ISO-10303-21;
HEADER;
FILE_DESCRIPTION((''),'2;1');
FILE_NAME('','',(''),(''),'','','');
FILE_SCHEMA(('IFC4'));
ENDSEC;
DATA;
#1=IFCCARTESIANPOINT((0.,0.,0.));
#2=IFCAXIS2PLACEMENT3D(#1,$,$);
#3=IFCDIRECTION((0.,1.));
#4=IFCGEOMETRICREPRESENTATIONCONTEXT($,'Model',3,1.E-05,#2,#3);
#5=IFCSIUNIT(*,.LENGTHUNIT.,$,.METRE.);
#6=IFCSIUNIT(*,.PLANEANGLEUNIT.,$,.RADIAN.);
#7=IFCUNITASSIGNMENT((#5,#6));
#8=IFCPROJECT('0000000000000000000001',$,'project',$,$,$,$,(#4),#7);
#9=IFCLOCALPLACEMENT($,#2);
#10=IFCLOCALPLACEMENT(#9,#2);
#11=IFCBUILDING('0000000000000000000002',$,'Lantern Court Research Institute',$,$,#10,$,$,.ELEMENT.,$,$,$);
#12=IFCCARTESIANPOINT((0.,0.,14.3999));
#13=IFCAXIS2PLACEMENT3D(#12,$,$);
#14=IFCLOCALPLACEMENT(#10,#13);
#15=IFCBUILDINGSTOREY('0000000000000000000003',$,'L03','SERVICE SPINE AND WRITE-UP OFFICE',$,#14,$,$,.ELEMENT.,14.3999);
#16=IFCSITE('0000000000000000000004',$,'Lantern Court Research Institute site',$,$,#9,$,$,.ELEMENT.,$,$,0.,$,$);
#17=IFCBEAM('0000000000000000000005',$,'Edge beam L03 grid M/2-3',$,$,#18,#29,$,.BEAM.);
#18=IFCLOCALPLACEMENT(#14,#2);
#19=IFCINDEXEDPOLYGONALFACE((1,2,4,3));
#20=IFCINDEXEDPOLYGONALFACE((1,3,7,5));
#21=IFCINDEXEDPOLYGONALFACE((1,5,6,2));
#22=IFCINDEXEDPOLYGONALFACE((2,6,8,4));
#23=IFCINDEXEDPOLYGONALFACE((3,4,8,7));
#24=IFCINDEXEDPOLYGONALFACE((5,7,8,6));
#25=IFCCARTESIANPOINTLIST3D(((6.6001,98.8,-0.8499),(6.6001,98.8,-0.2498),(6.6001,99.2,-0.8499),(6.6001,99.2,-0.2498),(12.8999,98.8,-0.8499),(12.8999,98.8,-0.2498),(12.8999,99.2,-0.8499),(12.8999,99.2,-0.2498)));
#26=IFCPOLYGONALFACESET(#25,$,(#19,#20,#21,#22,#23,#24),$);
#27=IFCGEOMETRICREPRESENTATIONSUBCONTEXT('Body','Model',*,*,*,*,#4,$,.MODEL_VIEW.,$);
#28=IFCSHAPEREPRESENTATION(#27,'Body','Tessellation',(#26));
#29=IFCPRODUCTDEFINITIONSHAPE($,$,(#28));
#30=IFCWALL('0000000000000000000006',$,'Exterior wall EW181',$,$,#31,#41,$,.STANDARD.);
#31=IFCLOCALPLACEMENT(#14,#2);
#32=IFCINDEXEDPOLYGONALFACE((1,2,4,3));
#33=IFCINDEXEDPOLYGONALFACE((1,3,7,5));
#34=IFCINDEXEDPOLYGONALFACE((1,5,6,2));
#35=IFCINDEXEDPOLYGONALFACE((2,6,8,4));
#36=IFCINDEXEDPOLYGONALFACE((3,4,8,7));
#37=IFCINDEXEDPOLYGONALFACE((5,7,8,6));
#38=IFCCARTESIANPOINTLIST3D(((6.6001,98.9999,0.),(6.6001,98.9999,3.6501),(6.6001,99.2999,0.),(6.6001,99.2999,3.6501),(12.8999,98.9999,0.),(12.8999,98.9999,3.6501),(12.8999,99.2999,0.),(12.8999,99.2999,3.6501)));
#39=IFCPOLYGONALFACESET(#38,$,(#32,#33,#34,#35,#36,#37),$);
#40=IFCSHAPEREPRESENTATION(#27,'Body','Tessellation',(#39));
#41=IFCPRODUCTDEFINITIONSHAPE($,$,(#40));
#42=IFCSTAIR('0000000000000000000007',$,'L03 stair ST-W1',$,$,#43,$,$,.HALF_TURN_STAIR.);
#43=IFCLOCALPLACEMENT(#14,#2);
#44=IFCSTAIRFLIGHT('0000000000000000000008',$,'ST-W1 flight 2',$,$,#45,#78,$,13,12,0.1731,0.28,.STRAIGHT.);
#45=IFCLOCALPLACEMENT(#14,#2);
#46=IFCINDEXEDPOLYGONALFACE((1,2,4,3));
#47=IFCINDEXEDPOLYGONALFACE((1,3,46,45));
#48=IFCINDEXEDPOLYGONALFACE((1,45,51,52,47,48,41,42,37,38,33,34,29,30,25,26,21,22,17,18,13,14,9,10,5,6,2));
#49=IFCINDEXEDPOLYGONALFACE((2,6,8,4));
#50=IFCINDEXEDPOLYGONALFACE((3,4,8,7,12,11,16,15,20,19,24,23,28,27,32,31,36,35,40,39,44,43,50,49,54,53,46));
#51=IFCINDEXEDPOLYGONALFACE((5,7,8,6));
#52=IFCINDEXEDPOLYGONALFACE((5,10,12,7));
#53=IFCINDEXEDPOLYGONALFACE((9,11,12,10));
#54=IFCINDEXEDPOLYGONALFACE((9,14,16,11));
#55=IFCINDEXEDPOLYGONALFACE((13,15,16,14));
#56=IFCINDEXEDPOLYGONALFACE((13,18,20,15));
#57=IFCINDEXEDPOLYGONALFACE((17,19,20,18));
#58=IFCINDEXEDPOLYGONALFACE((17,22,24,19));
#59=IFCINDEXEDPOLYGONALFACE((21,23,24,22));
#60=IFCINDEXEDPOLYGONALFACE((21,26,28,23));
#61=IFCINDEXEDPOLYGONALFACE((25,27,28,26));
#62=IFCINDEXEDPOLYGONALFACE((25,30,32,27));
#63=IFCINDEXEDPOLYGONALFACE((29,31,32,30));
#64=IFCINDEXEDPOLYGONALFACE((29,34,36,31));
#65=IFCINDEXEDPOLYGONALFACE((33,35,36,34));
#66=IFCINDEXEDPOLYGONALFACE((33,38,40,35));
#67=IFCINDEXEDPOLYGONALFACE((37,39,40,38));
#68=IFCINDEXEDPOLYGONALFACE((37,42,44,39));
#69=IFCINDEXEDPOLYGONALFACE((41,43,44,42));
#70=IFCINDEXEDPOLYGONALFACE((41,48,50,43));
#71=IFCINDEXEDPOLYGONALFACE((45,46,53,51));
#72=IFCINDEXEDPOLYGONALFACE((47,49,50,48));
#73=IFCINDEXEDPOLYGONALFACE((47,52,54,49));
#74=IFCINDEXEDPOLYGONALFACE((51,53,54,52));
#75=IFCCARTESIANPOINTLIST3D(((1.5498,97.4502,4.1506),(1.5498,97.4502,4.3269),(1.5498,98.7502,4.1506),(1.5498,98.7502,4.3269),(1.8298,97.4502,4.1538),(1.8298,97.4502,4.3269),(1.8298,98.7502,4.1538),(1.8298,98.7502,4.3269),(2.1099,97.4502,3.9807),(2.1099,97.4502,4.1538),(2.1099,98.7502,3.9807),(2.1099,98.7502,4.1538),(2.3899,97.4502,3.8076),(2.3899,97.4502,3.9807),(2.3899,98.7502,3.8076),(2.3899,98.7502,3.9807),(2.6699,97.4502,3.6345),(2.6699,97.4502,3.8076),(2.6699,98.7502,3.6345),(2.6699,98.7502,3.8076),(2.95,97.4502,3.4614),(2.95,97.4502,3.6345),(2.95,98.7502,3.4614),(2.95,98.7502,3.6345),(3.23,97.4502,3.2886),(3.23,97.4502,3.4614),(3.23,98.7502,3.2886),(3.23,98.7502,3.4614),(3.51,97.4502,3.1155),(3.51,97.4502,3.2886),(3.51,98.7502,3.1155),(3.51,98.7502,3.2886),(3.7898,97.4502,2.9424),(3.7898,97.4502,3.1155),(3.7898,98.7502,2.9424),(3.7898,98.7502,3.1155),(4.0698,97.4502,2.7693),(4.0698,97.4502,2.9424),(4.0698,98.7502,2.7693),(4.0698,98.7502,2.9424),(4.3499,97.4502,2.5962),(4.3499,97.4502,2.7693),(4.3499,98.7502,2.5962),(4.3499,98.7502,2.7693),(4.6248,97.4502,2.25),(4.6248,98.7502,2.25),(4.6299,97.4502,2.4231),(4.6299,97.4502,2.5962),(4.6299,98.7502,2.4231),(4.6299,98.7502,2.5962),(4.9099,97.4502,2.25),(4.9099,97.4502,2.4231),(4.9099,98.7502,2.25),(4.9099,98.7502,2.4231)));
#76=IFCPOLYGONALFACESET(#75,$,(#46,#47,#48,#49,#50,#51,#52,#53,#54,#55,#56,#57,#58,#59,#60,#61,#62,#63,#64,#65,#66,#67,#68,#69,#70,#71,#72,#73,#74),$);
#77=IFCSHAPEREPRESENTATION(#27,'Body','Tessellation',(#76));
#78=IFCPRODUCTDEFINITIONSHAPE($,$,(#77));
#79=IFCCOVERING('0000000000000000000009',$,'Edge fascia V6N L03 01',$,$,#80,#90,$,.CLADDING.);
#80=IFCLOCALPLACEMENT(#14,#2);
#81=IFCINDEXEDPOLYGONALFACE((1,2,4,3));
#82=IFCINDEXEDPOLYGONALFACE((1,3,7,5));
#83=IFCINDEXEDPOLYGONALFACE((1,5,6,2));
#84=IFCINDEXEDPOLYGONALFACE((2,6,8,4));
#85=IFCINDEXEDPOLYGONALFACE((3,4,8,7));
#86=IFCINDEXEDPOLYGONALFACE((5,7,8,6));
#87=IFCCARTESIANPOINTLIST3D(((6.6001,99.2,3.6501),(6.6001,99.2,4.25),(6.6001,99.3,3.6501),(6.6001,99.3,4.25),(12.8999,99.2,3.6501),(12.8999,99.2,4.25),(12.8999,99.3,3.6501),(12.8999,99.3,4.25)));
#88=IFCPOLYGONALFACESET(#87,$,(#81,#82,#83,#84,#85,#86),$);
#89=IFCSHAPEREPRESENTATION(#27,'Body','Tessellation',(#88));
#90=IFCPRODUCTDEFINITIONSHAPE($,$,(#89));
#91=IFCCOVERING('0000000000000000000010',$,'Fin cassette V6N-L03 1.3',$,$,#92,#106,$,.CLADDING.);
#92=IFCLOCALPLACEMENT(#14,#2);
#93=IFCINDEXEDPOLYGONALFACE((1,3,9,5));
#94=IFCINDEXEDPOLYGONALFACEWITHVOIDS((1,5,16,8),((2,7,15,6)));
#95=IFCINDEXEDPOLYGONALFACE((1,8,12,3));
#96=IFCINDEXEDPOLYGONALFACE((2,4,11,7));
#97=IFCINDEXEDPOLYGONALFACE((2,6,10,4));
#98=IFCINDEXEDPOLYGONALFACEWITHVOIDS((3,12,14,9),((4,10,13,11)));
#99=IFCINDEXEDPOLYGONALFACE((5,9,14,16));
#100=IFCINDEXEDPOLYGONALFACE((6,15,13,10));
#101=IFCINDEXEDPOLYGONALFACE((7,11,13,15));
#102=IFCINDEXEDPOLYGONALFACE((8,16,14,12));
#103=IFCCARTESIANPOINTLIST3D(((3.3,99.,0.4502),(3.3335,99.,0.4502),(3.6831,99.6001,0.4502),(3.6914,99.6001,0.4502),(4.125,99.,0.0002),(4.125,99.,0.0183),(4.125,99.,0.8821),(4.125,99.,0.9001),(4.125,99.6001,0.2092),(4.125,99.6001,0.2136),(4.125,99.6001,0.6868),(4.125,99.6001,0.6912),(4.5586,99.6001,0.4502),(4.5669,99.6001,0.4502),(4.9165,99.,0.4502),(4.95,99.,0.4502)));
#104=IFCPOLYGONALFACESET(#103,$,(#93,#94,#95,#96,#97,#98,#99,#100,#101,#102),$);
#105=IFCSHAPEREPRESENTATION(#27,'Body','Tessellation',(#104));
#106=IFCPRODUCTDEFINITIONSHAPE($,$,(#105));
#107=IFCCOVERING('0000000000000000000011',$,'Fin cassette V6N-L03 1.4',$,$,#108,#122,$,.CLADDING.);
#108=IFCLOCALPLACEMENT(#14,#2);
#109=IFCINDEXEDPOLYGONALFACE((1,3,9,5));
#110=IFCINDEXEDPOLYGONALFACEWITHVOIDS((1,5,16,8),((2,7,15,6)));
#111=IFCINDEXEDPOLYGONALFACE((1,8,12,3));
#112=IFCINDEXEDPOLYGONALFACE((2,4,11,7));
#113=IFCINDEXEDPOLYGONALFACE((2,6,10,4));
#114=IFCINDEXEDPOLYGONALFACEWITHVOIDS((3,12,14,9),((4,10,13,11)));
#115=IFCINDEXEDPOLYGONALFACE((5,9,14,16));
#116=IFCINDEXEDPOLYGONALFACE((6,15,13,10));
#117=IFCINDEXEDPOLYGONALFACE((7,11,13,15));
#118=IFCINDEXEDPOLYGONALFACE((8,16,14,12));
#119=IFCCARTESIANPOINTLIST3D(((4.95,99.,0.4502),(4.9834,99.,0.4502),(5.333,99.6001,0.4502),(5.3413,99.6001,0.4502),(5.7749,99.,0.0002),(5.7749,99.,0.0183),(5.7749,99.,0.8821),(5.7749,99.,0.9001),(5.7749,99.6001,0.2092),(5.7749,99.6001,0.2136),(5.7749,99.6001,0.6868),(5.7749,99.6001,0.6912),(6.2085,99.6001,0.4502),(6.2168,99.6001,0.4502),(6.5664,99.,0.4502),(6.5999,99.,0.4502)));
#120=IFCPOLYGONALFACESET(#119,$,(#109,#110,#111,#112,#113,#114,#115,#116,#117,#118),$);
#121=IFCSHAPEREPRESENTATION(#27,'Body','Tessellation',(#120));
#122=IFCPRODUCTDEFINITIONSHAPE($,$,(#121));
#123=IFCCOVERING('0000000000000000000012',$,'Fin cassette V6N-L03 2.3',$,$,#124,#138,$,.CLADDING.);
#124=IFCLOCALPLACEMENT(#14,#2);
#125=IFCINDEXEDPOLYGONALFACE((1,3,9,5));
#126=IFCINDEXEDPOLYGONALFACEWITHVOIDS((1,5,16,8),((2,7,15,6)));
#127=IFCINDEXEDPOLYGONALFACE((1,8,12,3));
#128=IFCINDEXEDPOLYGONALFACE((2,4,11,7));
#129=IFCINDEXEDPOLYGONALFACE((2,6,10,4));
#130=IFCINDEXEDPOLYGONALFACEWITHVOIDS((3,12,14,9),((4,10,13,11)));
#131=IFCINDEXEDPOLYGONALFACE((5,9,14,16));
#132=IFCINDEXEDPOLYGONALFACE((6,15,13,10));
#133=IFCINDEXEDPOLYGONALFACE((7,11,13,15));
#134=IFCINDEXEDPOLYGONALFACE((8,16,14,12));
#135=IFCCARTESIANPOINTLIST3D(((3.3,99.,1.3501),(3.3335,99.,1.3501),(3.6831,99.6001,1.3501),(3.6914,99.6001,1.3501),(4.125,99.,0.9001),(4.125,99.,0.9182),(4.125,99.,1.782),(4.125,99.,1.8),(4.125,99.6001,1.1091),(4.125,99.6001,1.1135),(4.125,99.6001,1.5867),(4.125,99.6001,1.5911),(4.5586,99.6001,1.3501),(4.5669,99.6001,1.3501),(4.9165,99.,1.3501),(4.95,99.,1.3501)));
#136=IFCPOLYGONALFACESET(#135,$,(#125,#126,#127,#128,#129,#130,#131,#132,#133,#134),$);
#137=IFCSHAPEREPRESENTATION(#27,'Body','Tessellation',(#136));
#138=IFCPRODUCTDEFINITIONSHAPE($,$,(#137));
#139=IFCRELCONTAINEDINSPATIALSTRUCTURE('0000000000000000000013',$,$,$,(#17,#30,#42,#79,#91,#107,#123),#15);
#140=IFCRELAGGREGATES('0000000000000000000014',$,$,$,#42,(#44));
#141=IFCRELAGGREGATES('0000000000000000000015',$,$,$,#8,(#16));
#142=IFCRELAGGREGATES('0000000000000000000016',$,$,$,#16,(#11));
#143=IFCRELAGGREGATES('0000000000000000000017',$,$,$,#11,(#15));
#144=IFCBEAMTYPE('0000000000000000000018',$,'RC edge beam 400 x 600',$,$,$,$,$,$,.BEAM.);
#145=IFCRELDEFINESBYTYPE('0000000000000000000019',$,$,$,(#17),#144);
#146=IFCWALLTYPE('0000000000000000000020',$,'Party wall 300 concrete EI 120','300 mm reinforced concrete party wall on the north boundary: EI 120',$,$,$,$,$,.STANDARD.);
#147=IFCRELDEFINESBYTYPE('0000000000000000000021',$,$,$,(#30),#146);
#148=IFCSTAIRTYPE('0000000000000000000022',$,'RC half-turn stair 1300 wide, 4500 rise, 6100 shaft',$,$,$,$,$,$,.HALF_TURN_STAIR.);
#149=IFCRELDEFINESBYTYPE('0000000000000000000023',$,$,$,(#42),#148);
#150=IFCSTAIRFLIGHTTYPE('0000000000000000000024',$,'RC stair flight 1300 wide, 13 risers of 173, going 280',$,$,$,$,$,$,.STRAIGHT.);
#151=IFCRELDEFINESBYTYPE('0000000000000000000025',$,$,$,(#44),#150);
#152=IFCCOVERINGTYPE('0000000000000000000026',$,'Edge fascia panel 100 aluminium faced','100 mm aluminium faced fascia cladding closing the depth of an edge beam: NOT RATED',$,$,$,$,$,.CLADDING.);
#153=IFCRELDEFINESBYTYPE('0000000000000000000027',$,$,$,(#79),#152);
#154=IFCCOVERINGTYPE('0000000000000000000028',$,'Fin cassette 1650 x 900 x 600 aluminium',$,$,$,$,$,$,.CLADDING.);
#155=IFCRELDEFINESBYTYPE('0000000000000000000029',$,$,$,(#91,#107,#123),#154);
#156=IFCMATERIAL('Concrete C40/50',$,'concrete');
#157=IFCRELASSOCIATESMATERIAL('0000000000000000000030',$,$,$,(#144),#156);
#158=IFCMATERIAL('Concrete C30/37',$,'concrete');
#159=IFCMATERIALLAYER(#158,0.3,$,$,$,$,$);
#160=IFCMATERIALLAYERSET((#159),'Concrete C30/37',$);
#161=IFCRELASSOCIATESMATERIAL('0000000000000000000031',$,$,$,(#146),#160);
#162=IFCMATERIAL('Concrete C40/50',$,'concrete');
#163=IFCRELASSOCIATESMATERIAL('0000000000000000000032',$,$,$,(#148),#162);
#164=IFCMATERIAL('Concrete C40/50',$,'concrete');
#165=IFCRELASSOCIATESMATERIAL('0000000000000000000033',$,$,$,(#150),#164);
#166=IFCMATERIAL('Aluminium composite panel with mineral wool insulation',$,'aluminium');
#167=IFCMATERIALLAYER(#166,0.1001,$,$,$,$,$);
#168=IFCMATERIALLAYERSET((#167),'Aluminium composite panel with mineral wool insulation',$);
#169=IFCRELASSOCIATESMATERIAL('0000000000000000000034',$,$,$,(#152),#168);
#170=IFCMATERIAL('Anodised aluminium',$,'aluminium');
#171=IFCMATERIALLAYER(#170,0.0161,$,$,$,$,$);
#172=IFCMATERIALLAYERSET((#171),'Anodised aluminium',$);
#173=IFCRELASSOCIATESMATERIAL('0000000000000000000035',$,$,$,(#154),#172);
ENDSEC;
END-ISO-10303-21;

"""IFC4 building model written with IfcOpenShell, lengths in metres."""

from ifc_helpers import new_model, entity, si_unit, direction, frame, frame_2d, origin, origin_2d, place, context, subcontext, project, spatial, polyline, rectangle, outline, extrude, material, layer, layer_set, material_profile, profile_set, type_object, element, aggregate, save


model = new_model("IFC4")

# Units and contexts
model_context = context("Model", 3, precision=1e-05, world=origin(), true_north=direction((0.0, 1.0)))
body_context = subcontext(model_context, "Body", "Model", "MODEL_VIEW")
ifc_project = project(units=[si_unit("LENGTHUNIT", "METRE"), si_unit("PLANEANGLEUNIT", "RADIAN")], contexts=[model_context])

# Site, building, storey
site_placement = place(None, origin())
site = spatial("IfcSite", under=ifc_project, at=site_placement, Name="Lantern Court Research Institute site", CompositionType="ELEMENT", RefElevation=0.0)
building_placement = place(site_placement, origin())
building = spatial("IfcBuilding", under=site, at=building_placement, Name="Lantern Court Research Institute", CompositionType="ELEMENT")
storey_placement = place(building_placement, frame((0.0, 0.0, 14.3999)))
storey = spatial("IfcBuildingStorey", under=building, at=storey_placement, Name="L03", Description="SERVICE SPINE AND WRITE-UP OFFICE", CompositionType="ELEMENT", Elevation=14.3999)

# Beam
ifc_material_1 = material(Name="Concrete C40/50", Category="concrete")
ifc_material_profile = material_profile(ifc_material_1, rectangle(XDim=0.3999, YDim=0.6001, at=origin_2d()), Name="RC beam 400 x 600")
ifc_profile_set = profile_set([ifc_material_profile], Name="Concrete C40/50")
beam_type = type_object("IfcBeamType", Name="RC edge beam 400 x 600", PredefinedType="BEAM", material=ifc_profile_set)
beam_placement = place(storey_placement, frame((6.6001, 99.0, -0.5498), z_axis=(1.0, 0.0, 0.0), x_axis=(0.0, 1.0, 0.0)))
element("IfcBeam", 1, at=beam_placement, inside=storey, type_object=beam_type, Name="Edge beam L03 grid M/2-3", PredefinedType="BEAM", context=body_context, shape_type="SweptSolid", body=[
    extrude(rectangle(XDim=0.3999, YDim=0.6001, at=origin_2d()), origin(), (0.0, 0.0, 1.0), 6.2998),
])

# Wall
ifc_material_2 = material(Name="Concrete C30/37", Category="concrete")
ifc_layer_1 = layer(ifc_material_2, 0.3)
ifc_layer_set_1 = layer_set([ifc_layer_1], Name="Concrete C30/37")
wall_type = type_object("IfcWallType", Name="Party wall 300 concrete EI 120", Description="300 mm reinforced concrete party wall on the north boundary: EI 120", PredefinedType="STANDARD", material=ifc_layer_set_1)
wall_placement = place(storey_placement, frame((6.6001, 99.1499, 0.0), z_axis=(0.0, 0.0, 1.0), x_axis=(1.0, 0.0, 0.0)))
element("IfcWall", 2, at=wall_placement, inside=storey, type_object=wall_type, Name="Exterior wall EW181", PredefinedType="STANDARD", context=body_context, shape_type="SweptSolid", body=[
    extrude(rectangle(XDim=6.2998, YDim=0.3, at=frame_2d((3.1499, 0.0))), origin(), (0.0, 0.0, 1.0), 3.6501),
])

# Stair, stair flight
ifc_material_3 = material(Name="Concrete C40/50", Category="concrete")
stair_type = type_object("IfcStairType", Name="RC half-turn stair 1300 wide, 4500 rise, 6100 shaft", PredefinedType="HALF_TURN_STAIR", material=ifc_material_3)
stair_placement = place(storey_placement, origin())
stair = element("IfcStair", 3, at=stair_placement, inside=storey, type_object=stair_type, Name="L03 stair ST-W1", PredefinedType="HALF_TURN_STAIR")
ifc_material_4 = material(Name="Concrete C40/50", Category="concrete")
stair_flight_type = type_object("IfcStairFlightType", Name="RC stair flight 1300 wide, 13 risers of 173, going 280", PredefinedType="STRAIGHT", material=ifc_material_4)
stair_flight_placement = place(storey_placement, frame((4.9099, 98.1001, 2.25), z_axis=(0.0, 0.0, 1.0), x_axis=(-1.0, 0.0, 0.0)))
stair_flight = element("IfcStairFlight", 4, at=stair_flight_placement, type_object=stair_flight_type, Name="ST-W1 flight 2", NumberOfRisers=13, NumberOfTreads=12, PredefinedType="STRAIGHT", RiserHeight=0.1731, TreadLength=0.28, context=body_context, shape_type="SweptSolid", body=[
    extrude(outline(polyline([(0.0, 0.0), (0.0, 0.1731), (0.28, 0.1731), (0.28, 0.3462), (0.5601, 0.3462), (0.5601, 0.5193), (0.8401, 0.5193), (0.8401, 0.6924), (1.1201, 0.6924), (1.1201, 0.8655), (1.3999, 0.8655), (1.3999, 1.0386), (1.6799, 1.0386), (1.6799, 1.2114), (1.96, 1.2114), (1.96, 1.3845), (2.24, 1.3845), (2.24, 1.5576), (2.52, 1.5576), (2.52, 1.7307), (2.8, 1.7307), (2.8, 1.9038), (3.0801, 1.9038), (3.0801, 2.0769), (3.3601, 2.0769), (3.3601, 2.25), (3.3601, 1.9006), (0.2852, 0.0), (0.0, 0.0)])), frame((0.0, 0.6499, 0.0), z_axis=(0.0, -1.0, 0.0), x_axis=(1.0, 0.0, 0.0)), (0.0, 0.0, 1.0), 1.3),
])
aggregate(stair, [stair_flight])

# Coverings
ifc_material_5 = material(Name="Aluminium composite panel with mineral wool insulation", Category="aluminium")
ifc_layer_2 = layer(ifc_material_5, 0.1001)
ifc_layer_set_2 = layer_set([ifc_layer_2], Name="Aluminium composite panel with mineral wool insulation")
covering_type_1 = type_object("IfcCoveringType", Name="Edge fascia panel 100 aluminium faced", Description="100 mm aluminium faced fascia cladding closing the depth of an edge beam: NOT RATED", PredefinedType="CLADDING", material=ifc_layer_set_2)
covering_1_placement = place(storey_placement, frame((6.6001, 99.25, 3.6501), z_axis=(0.0, 0.0, 1.0), x_axis=(1.0, 0.0, 0.0)))
element("IfcCovering", 5, at=covering_1_placement, inside=storey, type_object=covering_type_1, Name="Edge fascia V6N L03 01", PredefinedType="CLADDING", context=body_context, shape_type="SweptSolid", body=[
    extrude(rectangle(XDim=6.2998, YDim=0.1001, at=frame_2d((3.1499, 0.0))), origin(), (0.0, 0.0, 1.0), 0.5999),
])
ifc_material_6 = material(Name="Anodised aluminium", Category="aluminium")
ifc_layer_3 = layer(ifc_material_6, 0.0161)
ifc_layer_set_3 = layer_set([ifc_layer_3], Name="Anodised aluminium")
covering_type_2 = type_object("IfcCoveringType", Name="Fin cassette 1650 x 900 x 600 aluminium", PredefinedType="CLADDING", material=ifc_layer_set_3)
covering_2_placement = place(storey_placement, frame((4.125, 99.0, 0.4502), z_axis=(0.0, 1.0, 0.0), x_axis=(-1.0, 0.0, 0.0)))
cartesian_point_1 = entity("IfcCartesianPoint", [0.825, 0.0])
cartesian_point_2 = entity("IfcCartesianPoint", [0.7915, 0.0])
cartesian_point_3 = entity("IfcCartesianPoint", [0.4419, 0.0])
cartesian_point_4 = entity("IfcCartesianPoint", [0.4336, 0.0])
element("IfcCovering", 6, at=covering_2_placement, inside=storey, type_object=covering_type_2, Name="Fin cassette V6N-L03 1.3", PredefinedType="CLADDING", context=body_context, shape_type="SweptSolid", body=[
    entity("IfcExtrudedAreaSolidTapered", entity("IfcArbitraryProfileDefWithVoids", "AREA", None, entity("IfcPolyline", [cartesian_point_1, entity("IfcCartesianPoint", [0.0, 0.45]), entity("IfcCartesianPoint", [-0.825, 0.0]), entity("IfcCartesianPoint", [0.0, -0.45]), cartesian_point_1]), [entity("IfcPolyline", [cartesian_point_2, entity("IfcCartesianPoint", [0.0, 0.4319]), entity("IfcCartesianPoint", [-0.7915, 0.0]), entity("IfcCartesianPoint", [0.0, -0.4319]), cartesian_point_2])]), entity("IfcAxis2Placement3D", entity("IfcCartesianPoint", [0.0, 0.0, 0.0])), entity("IfcDirection", [0.0, 0.0, 1.0]), 0.6001, entity("IfcArbitraryProfileDefWithVoids", "AREA", None, entity("IfcPolyline", [cartesian_point_3, entity("IfcCartesianPoint", [0.0, 0.241]), entity("IfcCartesianPoint", [-0.4419, 0.0]), entity("IfcCartesianPoint", [0.0, -0.241]), cartesian_point_3]), [entity("IfcPolyline", [cartesian_point_4, entity("IfcCartesianPoint", [0.0, 0.2366]), entity("IfcCartesianPoint", [-0.4336, 0.0]), entity("IfcCartesianPoint", [0.0, -0.2366]), cartesian_point_4])])),
])
covering_3_placement = place(storey_placement, frame((5.7749, 99.0, 0.4502), z_axis=(0.0, 1.0, 0.0), x_axis=(-1.0, 0.0, 0.0)))
cartesian_point_5 = entity("IfcCartesianPoint", [0.825, 0.0])
cartesian_point_6 = entity("IfcCartesianPoint", [0.7915, 0.0])
cartesian_point_7 = entity("IfcCartesianPoint", [0.4419, 0.0])
cartesian_point_8 = entity("IfcCartesianPoint", [0.4336, 0.0])
element("IfcCovering", 7, at=covering_3_placement, inside=storey, type_object=covering_type_2, Name="Fin cassette V6N-L03 1.4", PredefinedType="CLADDING", context=body_context, shape_type="SweptSolid", body=[
    entity("IfcExtrudedAreaSolidTapered", entity("IfcArbitraryProfileDefWithVoids", "AREA", None, entity("IfcPolyline", [cartesian_point_5, entity("IfcCartesianPoint", [0.0, 0.45]), entity("IfcCartesianPoint", [-0.825, 0.0]), entity("IfcCartesianPoint", [0.0, -0.45]), cartesian_point_5]), [entity("IfcPolyline", [cartesian_point_6, entity("IfcCartesianPoint", [0.0, 0.4319]), entity("IfcCartesianPoint", [-0.7915, 0.0]), entity("IfcCartesianPoint", [0.0, -0.4319]), cartesian_point_6])]), entity("IfcAxis2Placement3D", entity("IfcCartesianPoint", [0.0, 0.0, 0.0])), entity("IfcDirection", [0.0, 0.0, 1.0]), 0.6001, entity("IfcArbitraryProfileDefWithVoids", "AREA", None, entity("IfcPolyline", [cartesian_point_7, entity("IfcCartesianPoint", [0.0, 0.241]), entity("IfcCartesianPoint", [-0.4419, 0.0]), entity("IfcCartesianPoint", [0.0, -0.241]), cartesian_point_7]), [entity("IfcPolyline", [cartesian_point_8, entity("IfcCartesianPoint", [0.0, 0.2366]), entity("IfcCartesianPoint", [-0.4336, 0.0]), entity("IfcCartesianPoint", [0.0, -0.2366]), cartesian_point_8])])),
])
covering_4_placement = place(storey_placement, frame((4.125, 99.0, 1.3501), z_axis=(0.0, 1.0, 0.0), x_axis=(-1.0, 0.0, 0.0)))
cartesian_point_9 = entity("IfcCartesianPoint", [0.825, 0.0])
cartesian_point_10 = entity("IfcCartesianPoint", [0.7915, 0.0])
cartesian_point_11 = entity("IfcCartesianPoint", [0.4419, 0.0])
cartesian_point_12 = entity("IfcCartesianPoint", [0.4336, 0.0])
element("IfcCovering", 8, at=covering_4_placement, inside=storey, type_object=covering_type_2, Name="Fin cassette V6N-L03 2.3", PredefinedType="CLADDING", context=body_context, shape_type="SweptSolid", body=[
    entity("IfcExtrudedAreaSolidTapered", entity("IfcArbitraryProfileDefWithVoids", "AREA", None, entity("IfcPolyline", [cartesian_point_9, entity("IfcCartesianPoint", [0.0, 0.45]), entity("IfcCartesianPoint", [-0.825, 0.0]), entity("IfcCartesianPoint", [0.0, -0.45]), cartesian_point_9]), [entity("IfcPolyline", [cartesian_point_10, entity("IfcCartesianPoint", [0.0, 0.4319]), entity("IfcCartesianPoint", [-0.7915, 0.0]), entity("IfcCartesianPoint", [0.0, -0.4319]), cartesian_point_10])]), entity("IfcAxis2Placement3D", entity("IfcCartesianPoint", [0.0, 0.0, 0.0])), entity("IfcDirection", [0.0, 0.0, 1.0]), 0.6001, entity("IfcArbitraryProfileDefWithVoids", "AREA", None, entity("IfcPolyline", [cartesian_point_11, entity("IfcCartesianPoint", [0.0, 0.241]), entity("IfcCartesianPoint", [-0.4419, 0.0]), entity("IfcCartesianPoint", [0.0, -0.241]), cartesian_point_11]), [entity("IfcPolyline", [cartesian_point_12, entity("IfcCartesianPoint", [0.0, 0.2366]), entity("IfcCartesianPoint", [-0.4336, 0.0]), entity("IfcCartesianPoint", [0.0, -0.2366]), cartesian_point_12])])),
])

save(model, "model.ifc")
